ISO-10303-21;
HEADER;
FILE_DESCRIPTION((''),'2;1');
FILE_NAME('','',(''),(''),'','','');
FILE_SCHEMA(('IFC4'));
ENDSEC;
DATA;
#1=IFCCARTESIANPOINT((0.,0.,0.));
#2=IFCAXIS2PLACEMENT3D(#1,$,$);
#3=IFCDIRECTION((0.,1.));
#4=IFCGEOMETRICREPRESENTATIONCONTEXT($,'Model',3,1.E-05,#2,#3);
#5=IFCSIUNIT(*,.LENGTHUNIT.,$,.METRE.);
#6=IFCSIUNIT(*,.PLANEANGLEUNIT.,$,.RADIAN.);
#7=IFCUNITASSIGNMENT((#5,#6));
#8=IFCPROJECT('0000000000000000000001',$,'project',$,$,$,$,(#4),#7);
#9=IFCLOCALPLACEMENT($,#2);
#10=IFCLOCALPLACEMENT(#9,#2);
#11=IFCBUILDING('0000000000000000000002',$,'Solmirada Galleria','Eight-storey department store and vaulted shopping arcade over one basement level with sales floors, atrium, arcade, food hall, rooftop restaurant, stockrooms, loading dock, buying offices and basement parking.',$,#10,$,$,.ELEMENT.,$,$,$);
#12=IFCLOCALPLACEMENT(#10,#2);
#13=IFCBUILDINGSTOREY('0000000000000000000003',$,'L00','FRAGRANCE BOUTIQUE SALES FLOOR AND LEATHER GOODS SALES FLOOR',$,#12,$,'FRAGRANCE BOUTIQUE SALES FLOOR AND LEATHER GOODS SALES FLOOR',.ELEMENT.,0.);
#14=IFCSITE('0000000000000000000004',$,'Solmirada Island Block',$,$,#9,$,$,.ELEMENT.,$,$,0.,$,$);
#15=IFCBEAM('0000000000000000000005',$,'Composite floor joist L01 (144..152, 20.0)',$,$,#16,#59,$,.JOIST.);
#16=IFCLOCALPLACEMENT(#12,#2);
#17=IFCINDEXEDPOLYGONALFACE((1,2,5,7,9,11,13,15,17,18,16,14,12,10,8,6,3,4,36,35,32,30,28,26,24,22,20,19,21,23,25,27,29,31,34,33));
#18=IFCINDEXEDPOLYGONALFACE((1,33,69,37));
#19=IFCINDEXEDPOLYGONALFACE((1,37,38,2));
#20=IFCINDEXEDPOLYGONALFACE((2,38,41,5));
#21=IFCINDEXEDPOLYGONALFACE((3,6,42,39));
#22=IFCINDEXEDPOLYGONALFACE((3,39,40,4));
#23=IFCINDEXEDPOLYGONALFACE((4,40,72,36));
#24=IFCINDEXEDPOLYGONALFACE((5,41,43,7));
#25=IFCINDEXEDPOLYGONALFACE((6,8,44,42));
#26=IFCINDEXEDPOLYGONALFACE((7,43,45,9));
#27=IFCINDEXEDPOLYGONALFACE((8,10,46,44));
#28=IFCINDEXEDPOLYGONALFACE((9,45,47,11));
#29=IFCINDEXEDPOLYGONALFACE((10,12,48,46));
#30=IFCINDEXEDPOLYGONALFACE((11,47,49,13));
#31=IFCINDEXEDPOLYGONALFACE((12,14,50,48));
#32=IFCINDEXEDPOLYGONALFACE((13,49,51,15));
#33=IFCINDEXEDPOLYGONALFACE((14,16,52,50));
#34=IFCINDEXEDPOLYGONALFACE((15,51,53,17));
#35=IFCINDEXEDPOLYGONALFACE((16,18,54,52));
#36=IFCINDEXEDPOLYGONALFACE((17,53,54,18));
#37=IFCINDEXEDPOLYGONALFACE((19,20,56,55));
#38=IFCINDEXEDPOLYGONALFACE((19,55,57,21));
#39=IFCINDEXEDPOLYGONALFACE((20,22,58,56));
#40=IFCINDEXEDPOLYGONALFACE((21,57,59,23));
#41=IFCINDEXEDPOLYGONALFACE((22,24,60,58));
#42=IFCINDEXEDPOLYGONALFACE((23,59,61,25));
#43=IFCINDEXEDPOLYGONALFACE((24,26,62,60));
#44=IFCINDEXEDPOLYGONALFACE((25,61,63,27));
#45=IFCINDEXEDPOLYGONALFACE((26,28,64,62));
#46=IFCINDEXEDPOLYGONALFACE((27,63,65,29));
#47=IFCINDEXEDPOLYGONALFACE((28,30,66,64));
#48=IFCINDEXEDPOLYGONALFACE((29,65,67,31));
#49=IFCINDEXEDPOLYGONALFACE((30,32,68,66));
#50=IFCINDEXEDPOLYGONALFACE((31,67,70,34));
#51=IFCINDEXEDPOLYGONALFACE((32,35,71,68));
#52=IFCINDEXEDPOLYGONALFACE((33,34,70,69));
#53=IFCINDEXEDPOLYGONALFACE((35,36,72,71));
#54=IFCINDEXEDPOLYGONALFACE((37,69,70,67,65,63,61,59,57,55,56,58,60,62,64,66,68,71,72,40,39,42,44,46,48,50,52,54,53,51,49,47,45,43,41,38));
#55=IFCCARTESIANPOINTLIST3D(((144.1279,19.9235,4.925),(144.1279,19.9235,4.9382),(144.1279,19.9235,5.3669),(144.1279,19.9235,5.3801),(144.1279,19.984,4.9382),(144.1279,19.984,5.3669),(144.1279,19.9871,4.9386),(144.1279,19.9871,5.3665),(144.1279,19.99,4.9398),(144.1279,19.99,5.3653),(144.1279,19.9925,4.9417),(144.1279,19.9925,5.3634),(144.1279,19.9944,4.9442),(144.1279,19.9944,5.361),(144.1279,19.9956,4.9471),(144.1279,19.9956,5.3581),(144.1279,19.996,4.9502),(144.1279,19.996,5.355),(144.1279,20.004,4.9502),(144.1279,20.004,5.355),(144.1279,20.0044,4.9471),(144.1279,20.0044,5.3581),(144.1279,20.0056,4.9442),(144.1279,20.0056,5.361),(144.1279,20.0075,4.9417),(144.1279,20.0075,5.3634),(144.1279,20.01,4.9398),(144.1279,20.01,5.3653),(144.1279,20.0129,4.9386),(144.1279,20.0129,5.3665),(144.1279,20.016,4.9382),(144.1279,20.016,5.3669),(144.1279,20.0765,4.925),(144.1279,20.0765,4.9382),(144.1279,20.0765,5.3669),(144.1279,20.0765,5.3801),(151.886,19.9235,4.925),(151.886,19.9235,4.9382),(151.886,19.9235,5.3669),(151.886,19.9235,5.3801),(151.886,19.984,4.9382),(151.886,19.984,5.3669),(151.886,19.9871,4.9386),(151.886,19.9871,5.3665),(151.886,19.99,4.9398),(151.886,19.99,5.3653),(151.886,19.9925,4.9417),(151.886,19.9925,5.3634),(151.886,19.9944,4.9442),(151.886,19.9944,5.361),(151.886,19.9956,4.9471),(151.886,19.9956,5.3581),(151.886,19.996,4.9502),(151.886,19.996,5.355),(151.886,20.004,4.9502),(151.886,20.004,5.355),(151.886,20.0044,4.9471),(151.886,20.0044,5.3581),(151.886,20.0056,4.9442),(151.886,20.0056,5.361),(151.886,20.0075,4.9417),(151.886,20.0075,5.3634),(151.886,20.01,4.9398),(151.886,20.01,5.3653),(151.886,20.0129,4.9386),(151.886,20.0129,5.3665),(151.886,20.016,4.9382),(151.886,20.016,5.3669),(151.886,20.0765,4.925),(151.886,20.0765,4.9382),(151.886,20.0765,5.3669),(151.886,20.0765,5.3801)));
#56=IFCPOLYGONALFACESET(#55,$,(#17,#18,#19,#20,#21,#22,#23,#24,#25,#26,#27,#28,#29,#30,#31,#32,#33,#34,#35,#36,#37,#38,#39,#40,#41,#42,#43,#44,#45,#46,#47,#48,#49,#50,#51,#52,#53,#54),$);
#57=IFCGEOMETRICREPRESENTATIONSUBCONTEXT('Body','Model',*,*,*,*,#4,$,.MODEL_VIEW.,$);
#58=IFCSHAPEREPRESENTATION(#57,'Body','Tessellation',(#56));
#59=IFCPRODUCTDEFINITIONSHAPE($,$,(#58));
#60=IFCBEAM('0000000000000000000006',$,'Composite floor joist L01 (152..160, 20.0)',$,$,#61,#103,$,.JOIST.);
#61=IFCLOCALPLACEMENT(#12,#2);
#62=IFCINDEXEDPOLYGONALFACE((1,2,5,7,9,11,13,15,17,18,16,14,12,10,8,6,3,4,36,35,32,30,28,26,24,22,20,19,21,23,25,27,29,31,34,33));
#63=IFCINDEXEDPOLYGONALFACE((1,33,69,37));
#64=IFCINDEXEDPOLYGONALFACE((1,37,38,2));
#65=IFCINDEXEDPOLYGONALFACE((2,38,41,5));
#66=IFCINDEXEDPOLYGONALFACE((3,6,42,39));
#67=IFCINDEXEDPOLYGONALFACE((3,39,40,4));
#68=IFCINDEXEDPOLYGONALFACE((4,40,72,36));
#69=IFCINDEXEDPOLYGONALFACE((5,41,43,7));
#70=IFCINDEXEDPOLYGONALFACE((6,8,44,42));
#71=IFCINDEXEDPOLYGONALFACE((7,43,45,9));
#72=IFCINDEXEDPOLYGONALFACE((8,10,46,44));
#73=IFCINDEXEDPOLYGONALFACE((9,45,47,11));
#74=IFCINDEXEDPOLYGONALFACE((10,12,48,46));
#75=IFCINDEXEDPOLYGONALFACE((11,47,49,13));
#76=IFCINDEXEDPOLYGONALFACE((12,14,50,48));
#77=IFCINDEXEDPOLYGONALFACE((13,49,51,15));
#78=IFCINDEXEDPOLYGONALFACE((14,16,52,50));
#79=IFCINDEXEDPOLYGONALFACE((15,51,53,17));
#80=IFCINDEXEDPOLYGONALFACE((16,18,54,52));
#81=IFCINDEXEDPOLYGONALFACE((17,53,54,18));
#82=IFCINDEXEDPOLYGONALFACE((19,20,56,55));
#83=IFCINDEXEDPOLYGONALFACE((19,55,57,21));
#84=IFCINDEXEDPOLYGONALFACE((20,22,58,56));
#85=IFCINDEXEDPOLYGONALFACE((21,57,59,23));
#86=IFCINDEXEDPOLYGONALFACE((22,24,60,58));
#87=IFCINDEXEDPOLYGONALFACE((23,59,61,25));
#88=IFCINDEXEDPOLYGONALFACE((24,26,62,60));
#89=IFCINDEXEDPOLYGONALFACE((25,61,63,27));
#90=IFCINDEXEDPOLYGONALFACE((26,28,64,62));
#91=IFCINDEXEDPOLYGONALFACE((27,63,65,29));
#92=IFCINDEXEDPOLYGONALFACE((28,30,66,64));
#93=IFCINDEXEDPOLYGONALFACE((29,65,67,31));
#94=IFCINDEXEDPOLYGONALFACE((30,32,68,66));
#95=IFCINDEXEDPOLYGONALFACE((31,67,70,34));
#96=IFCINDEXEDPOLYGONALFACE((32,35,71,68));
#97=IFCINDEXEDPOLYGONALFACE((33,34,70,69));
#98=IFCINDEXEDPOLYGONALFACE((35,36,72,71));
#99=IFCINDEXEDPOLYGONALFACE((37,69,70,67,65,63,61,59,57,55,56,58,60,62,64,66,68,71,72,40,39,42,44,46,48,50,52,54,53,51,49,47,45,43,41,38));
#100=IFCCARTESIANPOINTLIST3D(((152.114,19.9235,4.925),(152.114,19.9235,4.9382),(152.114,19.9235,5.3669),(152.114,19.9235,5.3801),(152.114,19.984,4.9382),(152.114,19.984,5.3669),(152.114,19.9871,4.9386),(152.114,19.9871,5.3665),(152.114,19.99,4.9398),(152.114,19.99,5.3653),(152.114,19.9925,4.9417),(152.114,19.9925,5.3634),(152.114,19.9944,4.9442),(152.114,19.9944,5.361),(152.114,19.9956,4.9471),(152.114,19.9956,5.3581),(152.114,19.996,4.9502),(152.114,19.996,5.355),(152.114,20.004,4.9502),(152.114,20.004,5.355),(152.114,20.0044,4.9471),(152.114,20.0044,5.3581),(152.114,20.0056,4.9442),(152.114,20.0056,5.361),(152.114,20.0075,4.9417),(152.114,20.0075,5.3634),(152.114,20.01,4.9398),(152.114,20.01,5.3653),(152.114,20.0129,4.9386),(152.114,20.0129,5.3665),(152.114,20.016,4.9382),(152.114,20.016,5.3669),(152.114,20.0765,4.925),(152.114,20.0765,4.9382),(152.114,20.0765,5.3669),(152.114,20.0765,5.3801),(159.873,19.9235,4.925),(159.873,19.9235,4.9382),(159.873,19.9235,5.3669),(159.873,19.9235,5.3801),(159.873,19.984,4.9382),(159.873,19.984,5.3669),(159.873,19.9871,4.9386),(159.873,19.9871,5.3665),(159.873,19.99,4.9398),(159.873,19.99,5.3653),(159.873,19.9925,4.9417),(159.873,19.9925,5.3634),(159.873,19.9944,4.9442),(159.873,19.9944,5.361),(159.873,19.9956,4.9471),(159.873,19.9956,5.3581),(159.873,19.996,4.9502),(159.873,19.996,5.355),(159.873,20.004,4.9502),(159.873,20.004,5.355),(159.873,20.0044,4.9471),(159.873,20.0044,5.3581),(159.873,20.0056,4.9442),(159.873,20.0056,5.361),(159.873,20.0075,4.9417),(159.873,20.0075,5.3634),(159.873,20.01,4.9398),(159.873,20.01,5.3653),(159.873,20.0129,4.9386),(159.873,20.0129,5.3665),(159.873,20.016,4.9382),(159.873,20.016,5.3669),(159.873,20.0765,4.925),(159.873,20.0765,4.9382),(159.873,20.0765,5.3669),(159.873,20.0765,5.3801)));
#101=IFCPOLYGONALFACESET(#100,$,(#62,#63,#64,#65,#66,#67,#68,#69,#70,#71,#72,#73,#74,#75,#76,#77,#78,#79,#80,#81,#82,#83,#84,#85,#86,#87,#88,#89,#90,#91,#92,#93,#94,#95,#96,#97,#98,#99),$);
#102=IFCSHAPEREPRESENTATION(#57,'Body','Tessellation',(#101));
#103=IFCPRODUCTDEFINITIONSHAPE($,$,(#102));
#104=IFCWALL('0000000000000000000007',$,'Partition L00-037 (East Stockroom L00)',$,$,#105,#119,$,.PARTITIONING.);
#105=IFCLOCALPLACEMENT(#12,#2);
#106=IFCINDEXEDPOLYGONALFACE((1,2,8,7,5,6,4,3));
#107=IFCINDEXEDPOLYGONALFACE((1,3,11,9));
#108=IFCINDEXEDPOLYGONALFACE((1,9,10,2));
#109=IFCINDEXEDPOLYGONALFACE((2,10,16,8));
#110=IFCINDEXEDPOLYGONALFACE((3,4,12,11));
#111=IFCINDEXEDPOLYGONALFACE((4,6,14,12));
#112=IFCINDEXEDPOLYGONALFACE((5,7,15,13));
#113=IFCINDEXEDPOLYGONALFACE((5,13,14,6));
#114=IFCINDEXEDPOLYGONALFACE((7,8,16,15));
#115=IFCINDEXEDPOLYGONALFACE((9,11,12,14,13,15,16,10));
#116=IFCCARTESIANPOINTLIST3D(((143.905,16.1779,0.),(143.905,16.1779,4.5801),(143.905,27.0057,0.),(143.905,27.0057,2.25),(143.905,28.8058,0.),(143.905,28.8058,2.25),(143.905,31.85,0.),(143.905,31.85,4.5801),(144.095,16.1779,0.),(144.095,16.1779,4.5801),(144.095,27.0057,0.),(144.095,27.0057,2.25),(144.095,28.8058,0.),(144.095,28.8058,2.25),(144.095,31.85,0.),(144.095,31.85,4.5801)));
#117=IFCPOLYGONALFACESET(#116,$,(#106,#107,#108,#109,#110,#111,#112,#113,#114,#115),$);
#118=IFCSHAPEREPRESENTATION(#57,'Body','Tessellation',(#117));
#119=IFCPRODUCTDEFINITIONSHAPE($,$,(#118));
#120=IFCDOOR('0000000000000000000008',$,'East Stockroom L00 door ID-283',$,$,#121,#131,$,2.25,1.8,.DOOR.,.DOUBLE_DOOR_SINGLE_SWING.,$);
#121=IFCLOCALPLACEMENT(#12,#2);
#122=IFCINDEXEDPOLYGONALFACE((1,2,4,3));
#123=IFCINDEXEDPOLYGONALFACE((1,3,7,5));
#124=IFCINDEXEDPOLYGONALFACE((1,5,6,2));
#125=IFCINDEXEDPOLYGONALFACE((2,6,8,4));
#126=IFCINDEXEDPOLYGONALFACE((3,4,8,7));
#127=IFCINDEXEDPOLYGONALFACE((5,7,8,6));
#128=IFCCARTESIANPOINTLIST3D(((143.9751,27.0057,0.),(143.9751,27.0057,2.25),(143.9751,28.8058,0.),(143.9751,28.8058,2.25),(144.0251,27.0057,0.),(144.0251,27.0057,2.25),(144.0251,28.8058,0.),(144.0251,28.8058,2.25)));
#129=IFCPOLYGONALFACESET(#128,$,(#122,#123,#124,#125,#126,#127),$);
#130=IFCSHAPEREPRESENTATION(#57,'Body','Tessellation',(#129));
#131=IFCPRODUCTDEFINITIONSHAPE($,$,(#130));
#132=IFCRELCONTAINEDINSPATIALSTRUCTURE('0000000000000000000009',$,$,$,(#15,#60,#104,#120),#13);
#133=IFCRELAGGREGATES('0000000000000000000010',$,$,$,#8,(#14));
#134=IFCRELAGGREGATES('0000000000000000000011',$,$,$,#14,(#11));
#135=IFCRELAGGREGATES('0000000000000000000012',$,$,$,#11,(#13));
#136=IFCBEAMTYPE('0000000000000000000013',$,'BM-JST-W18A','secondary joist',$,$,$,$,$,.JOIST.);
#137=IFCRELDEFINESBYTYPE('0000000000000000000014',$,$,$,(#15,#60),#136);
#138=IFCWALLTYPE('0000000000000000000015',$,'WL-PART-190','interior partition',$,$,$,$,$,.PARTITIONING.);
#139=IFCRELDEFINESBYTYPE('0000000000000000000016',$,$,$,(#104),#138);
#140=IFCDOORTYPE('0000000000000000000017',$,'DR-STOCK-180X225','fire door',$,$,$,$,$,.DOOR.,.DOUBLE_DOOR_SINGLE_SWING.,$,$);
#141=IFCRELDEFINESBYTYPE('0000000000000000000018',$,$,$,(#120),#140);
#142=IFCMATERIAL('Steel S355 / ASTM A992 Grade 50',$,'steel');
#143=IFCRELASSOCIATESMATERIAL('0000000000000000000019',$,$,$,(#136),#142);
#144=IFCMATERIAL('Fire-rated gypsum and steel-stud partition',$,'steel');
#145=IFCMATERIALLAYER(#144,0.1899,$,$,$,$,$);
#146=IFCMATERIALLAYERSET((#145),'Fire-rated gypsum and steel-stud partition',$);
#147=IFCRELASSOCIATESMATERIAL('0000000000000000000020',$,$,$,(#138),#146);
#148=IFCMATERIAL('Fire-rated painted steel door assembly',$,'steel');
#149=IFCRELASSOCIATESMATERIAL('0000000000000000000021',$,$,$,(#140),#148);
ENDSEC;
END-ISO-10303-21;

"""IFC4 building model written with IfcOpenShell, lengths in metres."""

from ifc_helpers import new_model, si_unit, direction, frame, frame_2d, origin, origin_2d, place, context, subcontext, project, spatial, rectangle, i_section, extrude, material, layer, layer_set, material_profile, profile_set, type_object, element, fill, save


model = new_model("IFC4")

# Units and contexts
model_context = context("Model", 3, precision=1e-05, world=origin(), true_north=direction((0.0, 1.0)))
body_context = subcontext(model_context, "Body", "Model", "MODEL_VIEW")
ifc_project = project(units=[si_unit("LENGTHUNIT", "METRE"), si_unit("PLANEANGLEUNIT", "RADIAN")], contexts=[model_context])

# Site, building, storey
site_placement = place(None, origin())
site = spatial("IfcSite", under=ifc_project, at=site_placement, Name="Solmirada Island Block", CompositionType="ELEMENT", RefElevation=0.0)
building_placement = place(site_placement, origin())
building = spatial("IfcBuilding", under=site, at=building_placement, Name="Solmirada Galleria", Description="Eight-storey department store and vaulted shopping arcade over one basement level with sales floors, atrium, arcade, food hall, rooftop restaurant, stockrooms, loading dock, buying offices and basement parking.", CompositionType="ELEMENT")
storey_placement = place(building_placement, origin())
storey = spatial("IfcBuildingStorey", under=building, at=storey_placement, Name="L00", Description="FRAGRANCE BOUTIQUE SALES FLOOR AND LEATHER GOODS SALES FLOOR", LongName="FRAGRANCE BOUTIQUE SALES FLOOR AND LEATHER GOODS SALES FLOOR", CompositionType="ELEMENT", Elevation=0.0)

# Beams
ifc_material_1 = material(Name="Steel S355 / ASTM A992 Grade 50", Category="steel")
ifc_material_profile_1 = material_profile(ifc_material_1, i_section(OverallWidth=0.1531, OverallDepth=0.4551, WebThickness=0.0081, FlangeThickness=0.0132, FilletRadius=0.012, at=origin_2d()), Name="W18X40")
ifc_profile_set_1 = profile_set([ifc_material_profile_1], Name="Steel S355 / ASTM A992 Grade 50")
beam_type_1 = type_object("IfcBeamType", Name="BM-JST-W18A", Description="secondary joist", PredefinedType="JOIST", material=ifc_profile_set_1)
for number, where, z_axis, x_axis, name in (
    (1, (144.1279, 20.0, 5.1526), (1.0, 0.0, 0.0), (0.0, 1.0, 0.0), "Composite floor joist L01 (144..152, 20.0)"),
):
    element("IfcBeam", number, at=place(storey_placement, frame(where, z_axis=z_axis, x_axis=x_axis)), inside=storey, type_object=beam_type_1, Name=name, PredefinedType="JOIST", context=body_context, shape_type="SweptSolid", body=[
        extrude(i_section(OverallWidth=0.1531, OverallDepth=0.4551, WebThickness=0.0081, FlangeThickness=0.0132, FilletRadius=0.012, at=origin_2d()), origin(), (0.0, 0.0, 1.0), 7.7581),
    ])
beam_1_placement = place(storey_placement, frame((152.114, 20.0, 5.1526), z_axis=(1.0, 0.0, 0.0), x_axis=(0.0, 1.0, 0.0)))
element("IfcBeam", 2, at=beam_1_placement, inside=storey, type_object=beam_type_1, Name="Composite floor joist L01 (152..160, 20.0)", PredefinedType="JOIST", context=body_context, shape_type="SweptSolid", body=[
    extrude(i_section(OverallWidth=0.1531, OverallDepth=0.4551, WebThickness=0.0081, FlangeThickness=0.0132, FilletRadius=0.012, at=origin_2d()), origin(), (0.0, 0.0, 1.0), 7.759),
])

# Wall, opening, door
ifc_material_2 = material(Name="Fire-rated painted steel door assembly", Category="steel")
ifc_material_3 = material(Name="Fire-rated gypsum and steel-stud partition", Category="steel")
ifc_layer_1 = layer(ifc_material_3, 0.1899)
ifc_layer_set_1 = layer_set([ifc_layer_1], Name="Fire-rated gypsum and steel-stud partition")
wall_type_1 = type_object("IfcWallType", Name="WL-PART-190", Description="interior partition", PredefinedType="PARTITIONING", material=ifc_layer_set_1)
wall_1_placement = place(storey_placement, frame((144.0, 16.178, 0.0), z_axis=(0.0, 0.0, 1.0), x_axis=(0.0, 1.0, 0.0)))
wall_1 = element("IfcWall", 3, at=wall_1_placement, inside=storey, type_object=wall_type_1, Name="Partition L00-037 (East Stockroom L00)", PredefinedType="PARTITIONING", context=body_context, shape_type="SweptSolid", body=[
    extrude(rectangle(XDim=15.6721, YDim=0.1899, at=frame_2d((7.8359, 0.0))), origin(), (0.0, 0.0, 1.0), 4.5801),
])
opening_1_placement = place(wall_1_placement, frame((10.8279, 0.0, 0.0)))
opening_1 = element("IfcOpeningElement", 4, at=opening_1_placement, cuts=wall_1, PredefinedType="OPENING", context=body_context, shape_type="SweptSolid", body=[
    extrude(rectangle(XDim=1.8, YDim=2.25, at=frame_2d((0.8999, 1.125))), frame((0.0, 0.105, 0.0), z_axis=(0.0, -1.0, 0.0), x_axis=(1.0, 0.0, 0.0)), (0.0, 0.0, 1.0), 0.21),
])
door_type_1 = type_object("IfcDoorType", Name="DR-STOCK-180X225", Description="fire door", OperationType="DOUBLE_DOOR_SINGLE_SWING", PredefinedType="DOOR", material=ifc_material_2)
door_1_placement = place(opening_1_placement, origin())
door_1 = element("IfcDoor", 5, at=door_1_placement, inside=storey, type_object=door_type_1, Name="East Stockroom L00 door ID-283", OperationType="DOUBLE_DOOR_SINGLE_SWING", OverallHeight=2.25, OverallWidth=1.8, PredefinedType="DOOR", context=body_context, shape_type="SweptSolid", body=[
    extrude(rectangle(XDim=1.8, YDim=2.25, at=frame_2d((0.8999, 1.125))), frame((0.0, 0.0249, 0.0), z_axis=(0.0, -1.0, 0.0), x_axis=(1.0, 0.0, 0.0)), (0.0, 0.0, 1.0), 0.05),
])
fill(opening_1, door_1)

save(model, "model.ifc")
